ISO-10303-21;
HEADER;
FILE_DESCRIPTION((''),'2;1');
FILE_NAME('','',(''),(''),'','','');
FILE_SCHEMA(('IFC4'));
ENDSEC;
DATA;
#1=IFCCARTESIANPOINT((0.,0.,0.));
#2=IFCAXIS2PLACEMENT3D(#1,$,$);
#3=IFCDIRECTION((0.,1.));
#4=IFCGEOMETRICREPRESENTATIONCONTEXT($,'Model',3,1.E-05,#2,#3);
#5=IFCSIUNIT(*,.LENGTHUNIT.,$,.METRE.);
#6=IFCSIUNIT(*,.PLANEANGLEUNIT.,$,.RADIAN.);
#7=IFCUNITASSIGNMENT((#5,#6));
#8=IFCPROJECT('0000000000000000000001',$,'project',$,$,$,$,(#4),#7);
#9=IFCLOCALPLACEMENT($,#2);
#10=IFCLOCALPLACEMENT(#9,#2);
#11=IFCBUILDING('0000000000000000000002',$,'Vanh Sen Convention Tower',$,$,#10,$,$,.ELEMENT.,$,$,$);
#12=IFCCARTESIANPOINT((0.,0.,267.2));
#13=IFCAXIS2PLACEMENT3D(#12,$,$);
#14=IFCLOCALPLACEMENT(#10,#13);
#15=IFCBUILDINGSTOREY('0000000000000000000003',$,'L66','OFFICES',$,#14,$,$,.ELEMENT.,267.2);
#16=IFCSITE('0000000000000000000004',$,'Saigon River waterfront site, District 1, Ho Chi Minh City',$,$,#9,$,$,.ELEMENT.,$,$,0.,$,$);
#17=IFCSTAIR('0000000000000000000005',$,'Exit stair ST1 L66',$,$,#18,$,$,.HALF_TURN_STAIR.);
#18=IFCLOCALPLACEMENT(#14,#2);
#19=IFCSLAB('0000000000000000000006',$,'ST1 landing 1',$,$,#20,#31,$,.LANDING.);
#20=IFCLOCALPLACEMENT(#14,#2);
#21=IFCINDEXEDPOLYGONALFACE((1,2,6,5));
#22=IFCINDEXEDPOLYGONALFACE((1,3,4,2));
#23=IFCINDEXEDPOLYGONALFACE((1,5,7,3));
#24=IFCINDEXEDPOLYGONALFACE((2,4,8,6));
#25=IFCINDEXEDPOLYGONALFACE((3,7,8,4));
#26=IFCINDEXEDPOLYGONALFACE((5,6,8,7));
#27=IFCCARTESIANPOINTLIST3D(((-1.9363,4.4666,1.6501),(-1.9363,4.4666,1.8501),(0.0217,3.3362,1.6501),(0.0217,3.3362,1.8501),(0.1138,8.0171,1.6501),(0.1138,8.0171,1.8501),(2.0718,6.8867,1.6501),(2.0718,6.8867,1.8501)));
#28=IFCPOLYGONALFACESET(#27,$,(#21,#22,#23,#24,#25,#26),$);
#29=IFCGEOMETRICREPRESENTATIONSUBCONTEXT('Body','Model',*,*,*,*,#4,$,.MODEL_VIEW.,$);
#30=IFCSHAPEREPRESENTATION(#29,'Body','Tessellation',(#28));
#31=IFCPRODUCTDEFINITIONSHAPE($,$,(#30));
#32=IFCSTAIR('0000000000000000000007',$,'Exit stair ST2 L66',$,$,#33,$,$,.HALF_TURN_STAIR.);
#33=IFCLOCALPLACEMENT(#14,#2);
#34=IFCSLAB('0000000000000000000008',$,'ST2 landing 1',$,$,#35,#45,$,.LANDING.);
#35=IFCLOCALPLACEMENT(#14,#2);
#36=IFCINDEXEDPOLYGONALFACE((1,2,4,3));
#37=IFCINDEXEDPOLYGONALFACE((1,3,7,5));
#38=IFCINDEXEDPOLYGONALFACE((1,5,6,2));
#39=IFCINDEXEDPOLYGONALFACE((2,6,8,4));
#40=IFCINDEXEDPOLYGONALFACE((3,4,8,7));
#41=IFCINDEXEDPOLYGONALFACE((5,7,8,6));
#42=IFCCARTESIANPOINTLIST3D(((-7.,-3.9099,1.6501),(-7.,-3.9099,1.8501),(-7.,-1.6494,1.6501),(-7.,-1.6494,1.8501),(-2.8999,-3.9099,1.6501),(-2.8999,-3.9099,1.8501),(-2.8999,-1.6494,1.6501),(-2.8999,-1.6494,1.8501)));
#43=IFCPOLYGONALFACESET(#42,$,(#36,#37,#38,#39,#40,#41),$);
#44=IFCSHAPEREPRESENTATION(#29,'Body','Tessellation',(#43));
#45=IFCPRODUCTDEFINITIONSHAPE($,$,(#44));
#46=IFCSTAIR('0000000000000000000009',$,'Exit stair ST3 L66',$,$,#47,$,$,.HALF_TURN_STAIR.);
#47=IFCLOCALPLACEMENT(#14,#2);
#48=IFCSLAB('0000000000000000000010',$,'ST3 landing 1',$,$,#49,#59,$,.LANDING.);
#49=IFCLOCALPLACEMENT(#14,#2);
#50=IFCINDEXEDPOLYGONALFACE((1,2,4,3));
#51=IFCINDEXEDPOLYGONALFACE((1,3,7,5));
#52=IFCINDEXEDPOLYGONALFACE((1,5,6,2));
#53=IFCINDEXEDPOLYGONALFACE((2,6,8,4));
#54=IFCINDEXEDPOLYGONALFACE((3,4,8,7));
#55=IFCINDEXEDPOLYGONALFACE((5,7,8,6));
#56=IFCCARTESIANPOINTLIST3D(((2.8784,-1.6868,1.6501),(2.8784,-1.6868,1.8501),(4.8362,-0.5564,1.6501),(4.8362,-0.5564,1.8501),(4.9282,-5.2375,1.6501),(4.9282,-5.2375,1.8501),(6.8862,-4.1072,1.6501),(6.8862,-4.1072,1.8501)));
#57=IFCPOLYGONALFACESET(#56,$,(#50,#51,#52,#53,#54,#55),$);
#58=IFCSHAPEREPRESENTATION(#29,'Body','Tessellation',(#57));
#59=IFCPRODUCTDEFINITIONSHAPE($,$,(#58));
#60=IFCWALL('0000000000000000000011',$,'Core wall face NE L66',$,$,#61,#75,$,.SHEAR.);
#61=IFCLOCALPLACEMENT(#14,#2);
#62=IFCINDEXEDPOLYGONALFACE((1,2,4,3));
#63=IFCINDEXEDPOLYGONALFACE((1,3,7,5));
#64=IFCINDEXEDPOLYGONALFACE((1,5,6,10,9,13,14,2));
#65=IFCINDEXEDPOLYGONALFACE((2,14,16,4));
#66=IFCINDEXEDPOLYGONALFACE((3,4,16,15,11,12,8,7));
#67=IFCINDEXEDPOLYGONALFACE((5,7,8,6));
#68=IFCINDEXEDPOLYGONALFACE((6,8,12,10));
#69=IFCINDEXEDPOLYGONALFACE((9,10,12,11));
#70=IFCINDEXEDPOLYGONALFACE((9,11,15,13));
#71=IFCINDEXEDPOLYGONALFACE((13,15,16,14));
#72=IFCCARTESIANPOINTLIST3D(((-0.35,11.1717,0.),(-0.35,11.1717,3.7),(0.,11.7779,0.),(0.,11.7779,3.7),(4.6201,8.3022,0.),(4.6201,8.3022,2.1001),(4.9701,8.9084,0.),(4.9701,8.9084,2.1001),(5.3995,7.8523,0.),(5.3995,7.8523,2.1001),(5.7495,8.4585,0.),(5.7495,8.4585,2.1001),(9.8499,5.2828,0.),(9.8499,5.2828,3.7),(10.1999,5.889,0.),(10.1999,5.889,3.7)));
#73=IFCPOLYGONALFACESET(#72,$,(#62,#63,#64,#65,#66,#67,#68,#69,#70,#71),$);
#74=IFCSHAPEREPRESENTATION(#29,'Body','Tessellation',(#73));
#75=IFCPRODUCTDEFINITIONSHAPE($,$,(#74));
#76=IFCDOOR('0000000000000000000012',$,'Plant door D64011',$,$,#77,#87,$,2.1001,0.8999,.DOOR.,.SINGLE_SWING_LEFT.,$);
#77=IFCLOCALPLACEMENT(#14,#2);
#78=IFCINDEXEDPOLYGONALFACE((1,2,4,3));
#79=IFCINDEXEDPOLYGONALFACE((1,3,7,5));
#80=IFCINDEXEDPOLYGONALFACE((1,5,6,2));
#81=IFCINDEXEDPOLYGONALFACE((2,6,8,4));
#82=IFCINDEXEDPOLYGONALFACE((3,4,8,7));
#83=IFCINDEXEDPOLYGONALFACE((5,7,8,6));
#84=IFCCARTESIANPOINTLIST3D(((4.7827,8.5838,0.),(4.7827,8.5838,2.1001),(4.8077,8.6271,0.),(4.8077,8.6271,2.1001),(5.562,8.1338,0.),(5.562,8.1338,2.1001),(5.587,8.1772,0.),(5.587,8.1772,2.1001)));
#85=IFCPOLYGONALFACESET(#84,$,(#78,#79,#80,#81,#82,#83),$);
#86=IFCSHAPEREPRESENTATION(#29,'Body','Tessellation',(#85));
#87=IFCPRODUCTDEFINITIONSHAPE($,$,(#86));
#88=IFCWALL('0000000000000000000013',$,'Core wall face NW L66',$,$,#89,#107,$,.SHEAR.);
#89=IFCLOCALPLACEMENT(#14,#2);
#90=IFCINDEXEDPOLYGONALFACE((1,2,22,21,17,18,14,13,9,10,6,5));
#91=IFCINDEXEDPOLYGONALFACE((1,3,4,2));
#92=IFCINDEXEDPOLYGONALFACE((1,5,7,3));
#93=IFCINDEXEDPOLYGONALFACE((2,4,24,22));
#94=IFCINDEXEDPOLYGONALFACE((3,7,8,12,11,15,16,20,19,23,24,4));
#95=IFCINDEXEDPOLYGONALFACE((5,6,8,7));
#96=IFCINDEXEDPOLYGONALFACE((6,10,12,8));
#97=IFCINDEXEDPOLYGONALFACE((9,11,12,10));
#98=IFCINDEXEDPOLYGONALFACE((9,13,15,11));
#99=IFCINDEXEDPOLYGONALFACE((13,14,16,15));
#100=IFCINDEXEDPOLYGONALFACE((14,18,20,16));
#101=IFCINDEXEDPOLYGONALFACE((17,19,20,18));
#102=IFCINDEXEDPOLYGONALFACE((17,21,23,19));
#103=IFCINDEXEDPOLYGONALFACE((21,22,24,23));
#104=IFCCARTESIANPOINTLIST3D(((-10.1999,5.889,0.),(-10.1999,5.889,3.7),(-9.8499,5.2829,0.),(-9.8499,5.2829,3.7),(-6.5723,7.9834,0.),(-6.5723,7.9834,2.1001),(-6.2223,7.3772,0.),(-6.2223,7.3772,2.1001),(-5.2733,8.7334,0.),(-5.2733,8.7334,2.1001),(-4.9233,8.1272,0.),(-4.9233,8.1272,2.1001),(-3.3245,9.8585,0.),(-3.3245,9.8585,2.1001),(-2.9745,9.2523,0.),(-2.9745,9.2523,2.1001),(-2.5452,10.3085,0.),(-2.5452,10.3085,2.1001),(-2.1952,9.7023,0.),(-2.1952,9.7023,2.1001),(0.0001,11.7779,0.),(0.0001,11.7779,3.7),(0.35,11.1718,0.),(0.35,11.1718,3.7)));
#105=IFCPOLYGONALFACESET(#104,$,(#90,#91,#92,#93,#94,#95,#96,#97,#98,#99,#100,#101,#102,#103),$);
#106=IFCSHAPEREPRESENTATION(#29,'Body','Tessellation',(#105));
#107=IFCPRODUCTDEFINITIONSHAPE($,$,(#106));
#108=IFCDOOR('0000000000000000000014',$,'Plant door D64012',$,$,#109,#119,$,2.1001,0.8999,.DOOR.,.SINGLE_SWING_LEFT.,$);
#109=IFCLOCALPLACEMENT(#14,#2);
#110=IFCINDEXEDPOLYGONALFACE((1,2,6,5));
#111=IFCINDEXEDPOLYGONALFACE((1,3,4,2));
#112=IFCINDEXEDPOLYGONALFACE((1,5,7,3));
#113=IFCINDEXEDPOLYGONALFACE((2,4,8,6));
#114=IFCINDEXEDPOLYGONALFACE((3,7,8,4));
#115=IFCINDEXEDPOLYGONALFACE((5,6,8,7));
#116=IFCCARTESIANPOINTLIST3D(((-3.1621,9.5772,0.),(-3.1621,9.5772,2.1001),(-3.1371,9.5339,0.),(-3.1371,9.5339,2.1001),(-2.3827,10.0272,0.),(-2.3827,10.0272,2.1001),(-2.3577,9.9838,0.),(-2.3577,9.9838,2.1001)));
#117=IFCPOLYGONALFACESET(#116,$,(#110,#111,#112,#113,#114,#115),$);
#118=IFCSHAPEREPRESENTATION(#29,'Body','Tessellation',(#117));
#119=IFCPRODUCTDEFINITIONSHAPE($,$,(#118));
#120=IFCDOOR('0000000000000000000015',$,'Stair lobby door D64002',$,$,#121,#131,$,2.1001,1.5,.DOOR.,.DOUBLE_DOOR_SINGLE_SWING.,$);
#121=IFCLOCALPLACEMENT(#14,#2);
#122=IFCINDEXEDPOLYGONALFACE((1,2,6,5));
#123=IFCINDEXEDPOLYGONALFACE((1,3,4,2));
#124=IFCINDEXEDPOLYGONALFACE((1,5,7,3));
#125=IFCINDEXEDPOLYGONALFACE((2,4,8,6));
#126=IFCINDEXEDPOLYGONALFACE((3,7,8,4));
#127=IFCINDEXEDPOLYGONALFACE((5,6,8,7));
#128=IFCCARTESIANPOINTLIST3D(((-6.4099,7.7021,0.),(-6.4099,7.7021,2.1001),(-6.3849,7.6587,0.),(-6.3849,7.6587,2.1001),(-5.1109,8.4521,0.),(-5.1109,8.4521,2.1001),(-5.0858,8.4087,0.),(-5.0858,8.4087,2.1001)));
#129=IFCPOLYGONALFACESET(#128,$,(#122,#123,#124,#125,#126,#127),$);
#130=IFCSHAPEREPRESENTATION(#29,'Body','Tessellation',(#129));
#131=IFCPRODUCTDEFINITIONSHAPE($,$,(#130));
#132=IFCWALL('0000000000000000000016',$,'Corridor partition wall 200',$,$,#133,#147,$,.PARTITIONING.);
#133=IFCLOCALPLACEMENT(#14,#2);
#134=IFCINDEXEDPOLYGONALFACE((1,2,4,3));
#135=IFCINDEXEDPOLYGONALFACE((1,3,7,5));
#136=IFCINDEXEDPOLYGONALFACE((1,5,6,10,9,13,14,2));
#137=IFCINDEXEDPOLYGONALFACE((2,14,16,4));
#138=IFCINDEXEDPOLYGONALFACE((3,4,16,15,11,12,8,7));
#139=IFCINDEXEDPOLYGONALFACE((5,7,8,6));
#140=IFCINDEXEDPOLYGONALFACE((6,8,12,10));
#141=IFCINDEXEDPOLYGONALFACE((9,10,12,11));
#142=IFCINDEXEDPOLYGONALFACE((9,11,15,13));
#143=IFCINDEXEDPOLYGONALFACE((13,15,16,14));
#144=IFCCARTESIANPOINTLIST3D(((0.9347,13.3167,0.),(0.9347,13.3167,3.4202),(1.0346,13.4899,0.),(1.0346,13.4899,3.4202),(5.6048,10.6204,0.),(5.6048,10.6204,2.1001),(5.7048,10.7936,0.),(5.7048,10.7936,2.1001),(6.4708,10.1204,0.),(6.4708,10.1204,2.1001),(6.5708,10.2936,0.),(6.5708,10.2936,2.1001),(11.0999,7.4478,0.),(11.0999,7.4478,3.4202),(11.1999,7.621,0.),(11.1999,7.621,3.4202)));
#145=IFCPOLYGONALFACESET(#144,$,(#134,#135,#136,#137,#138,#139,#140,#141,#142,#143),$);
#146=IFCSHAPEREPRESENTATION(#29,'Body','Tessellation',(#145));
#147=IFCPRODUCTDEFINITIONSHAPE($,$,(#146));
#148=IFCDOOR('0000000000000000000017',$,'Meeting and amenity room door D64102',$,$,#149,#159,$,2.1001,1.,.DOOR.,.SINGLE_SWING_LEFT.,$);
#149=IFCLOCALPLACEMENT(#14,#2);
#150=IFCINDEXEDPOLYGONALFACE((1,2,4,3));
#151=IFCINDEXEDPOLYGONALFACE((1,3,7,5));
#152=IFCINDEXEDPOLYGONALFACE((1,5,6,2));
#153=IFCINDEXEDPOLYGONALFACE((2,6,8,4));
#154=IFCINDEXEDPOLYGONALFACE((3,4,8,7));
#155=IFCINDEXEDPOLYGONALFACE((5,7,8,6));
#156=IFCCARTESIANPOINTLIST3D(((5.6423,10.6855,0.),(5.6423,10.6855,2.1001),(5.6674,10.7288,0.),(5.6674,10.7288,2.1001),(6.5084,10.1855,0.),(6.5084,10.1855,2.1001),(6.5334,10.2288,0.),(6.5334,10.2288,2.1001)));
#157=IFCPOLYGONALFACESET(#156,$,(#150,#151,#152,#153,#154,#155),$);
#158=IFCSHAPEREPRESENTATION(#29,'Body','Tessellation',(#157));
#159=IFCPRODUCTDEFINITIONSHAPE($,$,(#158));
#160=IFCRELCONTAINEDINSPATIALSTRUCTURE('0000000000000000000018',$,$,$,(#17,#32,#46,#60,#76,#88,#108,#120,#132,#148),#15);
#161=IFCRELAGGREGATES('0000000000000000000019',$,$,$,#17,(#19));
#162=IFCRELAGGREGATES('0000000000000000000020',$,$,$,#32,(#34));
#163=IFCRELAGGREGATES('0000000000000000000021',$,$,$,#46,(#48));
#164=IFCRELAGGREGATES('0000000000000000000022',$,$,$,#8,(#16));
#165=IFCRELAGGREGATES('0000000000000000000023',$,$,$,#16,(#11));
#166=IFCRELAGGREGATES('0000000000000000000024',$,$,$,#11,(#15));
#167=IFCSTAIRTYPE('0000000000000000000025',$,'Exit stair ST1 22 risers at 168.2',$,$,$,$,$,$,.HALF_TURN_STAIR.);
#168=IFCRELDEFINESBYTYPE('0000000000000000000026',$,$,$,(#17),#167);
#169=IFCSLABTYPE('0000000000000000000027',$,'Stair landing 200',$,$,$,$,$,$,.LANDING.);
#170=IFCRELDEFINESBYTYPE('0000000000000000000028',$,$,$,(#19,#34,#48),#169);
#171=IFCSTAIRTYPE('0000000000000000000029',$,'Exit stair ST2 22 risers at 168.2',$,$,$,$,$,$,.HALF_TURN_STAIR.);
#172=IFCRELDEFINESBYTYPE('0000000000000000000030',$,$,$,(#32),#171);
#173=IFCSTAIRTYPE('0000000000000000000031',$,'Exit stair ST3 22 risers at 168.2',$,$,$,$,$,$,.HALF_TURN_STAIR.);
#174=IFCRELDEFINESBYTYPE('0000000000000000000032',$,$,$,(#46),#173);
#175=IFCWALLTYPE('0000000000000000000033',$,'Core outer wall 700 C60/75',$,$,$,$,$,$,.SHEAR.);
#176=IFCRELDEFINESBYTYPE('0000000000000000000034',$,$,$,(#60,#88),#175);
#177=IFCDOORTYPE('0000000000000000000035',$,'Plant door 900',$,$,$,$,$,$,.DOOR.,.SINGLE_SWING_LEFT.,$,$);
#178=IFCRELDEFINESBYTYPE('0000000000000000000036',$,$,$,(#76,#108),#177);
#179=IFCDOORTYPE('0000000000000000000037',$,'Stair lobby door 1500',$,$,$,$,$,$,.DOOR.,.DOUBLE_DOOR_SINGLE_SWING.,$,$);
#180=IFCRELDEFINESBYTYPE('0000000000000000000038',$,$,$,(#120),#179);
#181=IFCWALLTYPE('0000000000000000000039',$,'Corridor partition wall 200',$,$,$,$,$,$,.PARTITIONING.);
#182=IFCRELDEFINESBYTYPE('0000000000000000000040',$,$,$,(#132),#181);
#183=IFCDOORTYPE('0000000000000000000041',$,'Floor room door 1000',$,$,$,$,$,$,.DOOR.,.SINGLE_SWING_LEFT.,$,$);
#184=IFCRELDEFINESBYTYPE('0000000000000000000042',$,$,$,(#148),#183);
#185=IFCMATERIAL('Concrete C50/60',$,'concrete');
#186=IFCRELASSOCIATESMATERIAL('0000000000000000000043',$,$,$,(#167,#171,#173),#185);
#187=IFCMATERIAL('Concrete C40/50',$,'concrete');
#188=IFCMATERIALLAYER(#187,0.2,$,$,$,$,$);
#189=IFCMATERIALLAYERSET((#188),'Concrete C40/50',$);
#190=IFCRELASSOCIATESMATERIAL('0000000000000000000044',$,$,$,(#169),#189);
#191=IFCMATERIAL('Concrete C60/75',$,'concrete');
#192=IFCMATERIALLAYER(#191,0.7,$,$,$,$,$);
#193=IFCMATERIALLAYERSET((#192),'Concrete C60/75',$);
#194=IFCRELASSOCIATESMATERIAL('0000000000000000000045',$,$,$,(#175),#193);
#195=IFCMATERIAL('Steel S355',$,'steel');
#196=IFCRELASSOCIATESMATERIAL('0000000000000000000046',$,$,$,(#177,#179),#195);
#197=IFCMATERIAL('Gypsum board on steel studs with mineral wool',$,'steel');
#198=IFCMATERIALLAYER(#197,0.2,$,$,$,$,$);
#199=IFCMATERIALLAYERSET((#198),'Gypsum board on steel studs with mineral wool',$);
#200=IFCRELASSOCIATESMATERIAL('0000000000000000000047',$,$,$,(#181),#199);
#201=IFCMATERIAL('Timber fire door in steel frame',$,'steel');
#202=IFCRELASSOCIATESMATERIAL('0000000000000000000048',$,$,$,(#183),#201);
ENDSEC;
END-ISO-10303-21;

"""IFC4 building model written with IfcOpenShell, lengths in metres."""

from ifc_helpers import new_model, si_unit, direction, frame, frame_2d, origin, place, context, subcontext, project, spatial, polyline, rectangle, outline, extrude, material, layer, layer_set, type_object, element, fill, aggregate, save


model = new_model("IFC4")

# Units and contexts
model_context = context("Model", 3, precision=1e-05, world=origin(), true_north=direction((0.0, 1.0)))
body_context = subcontext(model_context, "Body", "Model", "MODEL_VIEW")
ifc_project = project(units=[si_unit("LENGTHUNIT", "METRE"), si_unit("PLANEANGLEUNIT", "RADIAN")], contexts=[model_context])

# Site, building, storey
site_placement = place(None, origin())
site = spatial("IfcSite", under=ifc_project, at=site_placement, Name="Saigon River waterfront site, District 1, Ho Chi Minh City", CompositionType="ELEMENT", RefElevation=0.0)
building_placement = place(site_placement, origin())
building = spatial("IfcBuilding", under=site, at=building_placement, Name="Vanh Sen Convention Tower", CompositionType="ELEMENT")
storey_placement = place(building_placement, frame((0.0, 0.0, 267.2)))
storey = spatial("IfcBuildingStorey", under=building, at=storey_placement, Name="L66", Description="OFFICES", CompositionType="ELEMENT", Elevation=267.2)

# Stairs, slabs
ifc_material_1 = material(Name="Concrete C50/60", Category="concrete")
stair_type_1 = type_object("IfcStairType", Name="Exit stair ST1 22 risers at 168.2", PredefinedType="HALF_TURN_STAIR", material=ifc_material_1)
stair_1_placement = place(storey_placement, origin())
stair_1 = element("IfcStair", 1, at=stair_1_placement, inside=storey, type_object=stair_type_1, Name="Exit stair ST1 L66", PredefinedType="HALF_TURN_STAIR")
ifc_material_2 = material(Name="Concrete C40/50", Category="concrete")
ifc_layer_1 = layer(ifc_material_2, 0.2)
ifc_layer_set_1 = layer_set([ifc_layer_1], Name="Concrete C40/50")
slab_type = type_object("IfcSlabType", Name="Stair landing 200", PredefinedType="LANDING", material=ifc_layer_set_1)
slab_1_placement = place(storey_placement, frame((0.0, 0.0, 1.6501)))
slab_1 = element("IfcSlab", 2, at=slab_1_placement, type_object=slab_type, Name="ST1 landing 1", PredefinedType="LANDING", context=body_context, shape_type="SweptSolid", body=[
    extrude(outline(polyline([(2.0718, 6.8867), (0.1138, 8.0171), (-1.9363, 4.4666), (0.0217, 3.3362), (2.0718, 6.8867)])), origin(), (0.0, 0.0, 1.0), 0.2),
])
aggregate(stair_1, [slab_1])
stair_type_2 = type_object("IfcStairType", Name="Exit stair ST2 22 risers at 168.2", PredefinedType="HALF_TURN_STAIR", material=ifc_material_1)
stair_2_placement = place(storey_placement, origin())
stair_2 = element("IfcStair", 3, at=stair_2_placement, inside=storey, type_object=stair_type_2, Name="Exit stair ST2 L66", PredefinedType="HALF_TURN_STAIR")
slab_2_placement = place(storey_placement, frame((0.0, 0.0, 1.6501)))
slab_2 = element("IfcSlab", 4, at=slab_2_placement, type_object=slab_type, Name="ST2 landing 1", PredefinedType="LANDING", context=body_context, shape_type="SweptSolid", body=[
    extrude(outline(polyline([(-7.0, -1.6494), (-7.0, -3.9099), (-2.8999, -3.9099), (-2.8999, -1.6494), (-7.0, -1.6494)])), origin(), (0.0, 0.0, 1.0), 0.2),
])
aggregate(stair_2, [slab_2])
stair_type_3 = type_object("IfcStairType", Name="Exit stair ST3 22 risers at 168.2", PredefinedType="HALF_TURN_STAIR", material=ifc_material_1)
stair_3_placement = place(storey_placement, origin())
stair_3 = element("IfcStair", 5, at=stair_3_placement, inside=storey, type_object=stair_type_3, Name="Exit stair ST3 L66", PredefinedType="HALF_TURN_STAIR")
slab_3_placement = place(storey_placement, frame((0.0, 0.0, 1.6501)))
slab_3 = element("IfcSlab", 6, at=slab_3_placement, type_object=slab_type, Name="ST3 landing 1", PredefinedType="LANDING", context=body_context, shape_type="SweptSolid", body=[
    extrude(outline(polyline([(4.9282, -5.2375), (6.8862, -4.1072), (4.8362, -0.5564), (2.8784, -1.6868), (4.9282, -5.2375)])), origin(), (0.0, 0.0, 1.0), 0.2),
])
aggregate(stair_3, [slab_3])

# Wall, opening, door
ifc_material_3 = material(Name="Concrete C60/75", Category="concrete")
ifc_layer_2 = layer(ifc_material_3, 0.7)
ifc_layer_set_2 = layer_set([ifc_layer_2], Name="Concrete C60/75")
wall_type_1 = type_object("IfcWallType", Name="Core outer wall 700 C60/75", PredefinedType="SHEAR", material=ifc_layer_set_2)
wall_1_placement = place(storey_placement, frame((10.0249, 5.5859, 0.0), z_axis=(0.0, 0.0, 1.0), x_axis=(-0.866026, 0.499998, 0.0)))
wall_1 = element("IfcWall", 7, at=wall_1_placement, inside=storey, type_object=wall_type_1, Name="Core wall face NE L66", PredefinedType="SHEAR", context=body_context, shape_type="SweptSolid", body=[
    extrude(rectangle(XDim=11.7778, YDim=0.7, at=frame_2d((5.8889, 0.0))), origin(), (0.0, 0.0, 1.0), 3.7),
])
opening_1_placement = place(wall_1_placement, frame((5.1389, 0.0, 0.0)))
opening_1 = element("IfcOpeningElement", 8, at=opening_1_placement, cuts=wall_1, PredefinedType="OPENING", context=body_context, shape_type="SweptSolid", body=[
    extrude(rectangle(XDim=0.8999, YDim=2.1001, at=frame_2d((0.45, 1.05))), frame((0.0, 0.3599, 0.0), z_axis=(0.0, -1.0, 0.0), x_axis=(1.0, 0.0, 0.0)), (0.0, 0.0, 1.0), 0.72),
])
ifc_material_4 = material(Name="Steel S355", Category="steel")
door_type_1 = type_object("IfcDoorType", Name="Plant door 900", OperationType="SINGLE_SWING_LEFT", PredefinedType="DOOR", material=ifc_material_4)
door_1_placement = place(opening_1_placement, origin())
door_1 = element("IfcDoor", 9, at=door_1_placement, inside=storey, type_object=door_type_1, Name="Plant door D64011", OperationType="SINGLE_SWING_LEFT", OverallHeight=2.1001, OverallWidth=0.8999, PredefinedType="DOOR", context=body_context, shape_type="SweptSolid", body=[
    extrude(rectangle(XDim=0.8999, YDim=2.1001, at=frame_2d((0.45, 1.05))), frame((0.0, 0.0249, 0.0), z_axis=(0.0, -1.0, 0.0), x_axis=(1.0, 0.0, 0.0)), (0.0, 0.0, 1.0), 0.05),
])
fill(opening_1, door_1)

# Wall, openings, doors
wall_2_placement = place(storey_placement, frame((0.175, 11.4749, 0.0), z_axis=(0.0, 0.0, 1.0), x_axis=(-0.866026, -0.499998, 0.0)))
wall_2 = element("IfcWall", 10, at=wall_2_placement, inside=storey, type_object=wall_type_1, Name="Core wall face NW L66", PredefinedType="SHEAR", context=body_context, shape_type="SweptSolid", body=[
    extrude(rectangle(XDim=11.7778, YDim=0.7, at=frame_2d((5.8889, 0.0))), origin(), (0.0, 0.0, 1.0), 3.7),
])
opening_2_placement = place(wall_2_placement, frame((6.0891, 0.0, 0.0)))
opening_2 = element("IfcOpeningElement", 11, at=opening_2_placement, cuts=wall_2, PredefinedType="OPENING", context=body_context, shape_type="SweptSolid", body=[
    extrude(rectangle(XDim=1.5, YDim=2.1001, at=frame_2d((0.75, 1.05))), frame((0.0, 0.3599, 0.0), z_axis=(0.0, -1.0, 0.0), x_axis=(1.0, 0.0, 0.0)), (0.0, 0.0, 1.0), 0.72),
])
opening_3_placement = place(wall_2_placement, frame((2.939, 0.0, 0.0)))
opening_3 = element("IfcOpeningElement", 12, at=opening_3_placement, cuts=wall_2, PredefinedType="OPENING", context=body_context, shape_type="SweptSolid", body=[
    extrude(rectangle(XDim=0.8999, YDim=2.1001, at=frame_2d((0.45, 1.05))), frame((0.0, 0.3599, 0.0), z_axis=(0.0, -1.0, 0.0), x_axis=(1.0, 0.0, 0.0)), (0.0, 0.0, 1.0), 0.72),
])
door_2_placement = place(opening_3_placement, origin())
door_2 = element("IfcDoor", 13, at=door_2_placement, inside=storey, type_object=door_type_1, Name="Plant door D64012", OperationType="SINGLE_SWING_LEFT", OverallHeight=2.1001, OverallWidth=0.8999, PredefinedType="DOOR", context=body_context, shape_type="SweptSolid", body=[
    extrude(rectangle(XDim=0.8999, YDim=2.1001, at=frame_2d((0.45, 1.05))), frame((0.0, 0.0249, 0.0), z_axis=(0.0, -1.0, 0.0), x_axis=(1.0, 0.0, 0.0)), (0.0, 0.0, 1.0), 0.05),
])
fill(opening_3, door_2)
door_type_2 = type_object("IfcDoorType", Name="Stair lobby door 1500", OperationType="DOUBLE_DOOR_SINGLE_SWING", PredefinedType="DOOR", material=ifc_material_4)
door_3_placement = place(opening_2_placement, origin())
door_3 = element("IfcDoor", 14, at=door_3_placement, inside=storey, type_object=door_type_2, Name="Stair lobby door D64002", OperationType="DOUBLE_DOOR_SINGLE_SWING", OverallHeight=2.1001, OverallWidth=1.5, PredefinedType="DOOR", context=body_context, shape_type="SweptSolid", body=[
    extrude(rectangle(XDim=1.5, YDim=2.1001, at=frame_2d((0.75, 1.05))), frame((0.0, 0.0249, 0.0), z_axis=(0.0, -1.0, 0.0), x_axis=(1.0, 0.0, 0.0)), (0.0, 0.0, 1.0), 0.05),
])
fill(opening_2, door_3)

# Wall, opening, door
ifc_material_5 = material(Name="Gypsum board on steel studs with mineral wool", Category="steel")
ifc_layer_3 = layer(ifc_material_5, 0.2)
ifc_layer_set_3 = layer_set([ifc_layer_3], Name="Gypsum board on steel studs with mineral wool")
wall_type_2 = type_object("IfcWallType", Name="Corridor partition wall 200", PredefinedType="PARTITIONING", material=ifc_layer_set_3)
wall_3_placement = place(storey_placement, frame((11.1499, 7.5344, 0.0), z_axis=(0.0, 0.0, 1.0), x_axis=(-0.866027, 0.499998, 0.0)))
wall_3 = element("IfcWall", 15, at=wall_3_placement, inside=storey, type_object=wall_type_2, Name="Corridor partition wall 200", PredefinedType="PARTITIONING", context=body_context, shape_type="SweptSolid", body=[
    extrude(rectangle(XDim=11.7378, YDim=0.2, at=frame_2d((5.8689, 0.0))), origin(), (0.0, 0.0, 1.0), 3.4202),
])
opening_4_placement = place(wall_3_placement, frame((5.3452, 0.0, 0.0)))
opening_4 = element("IfcOpeningElement", 16, at=opening_4_placement, cuts=wall_3, PredefinedType="OPENING", context=body_context, shape_type="SweptSolid", body=[
    extrude(rectangle(XDim=1.0, YDim=2.1001, at=frame_2d((0.5, 1.05))), frame((0.0, 0.1099, 0.0), z_axis=(0.0, -1.0, 0.0), x_axis=(1.0, 0.0, 0.0)), (0.0, 0.0, 1.0), 0.22),
])
ifc_material_6 = material(Name="Timber fire door in steel frame", Category="steel")
door_type_3 = type_object("IfcDoorType", Name="Floor room door 1000", OperationType="SINGLE_SWING_LEFT", PredefinedType="DOOR", material=ifc_material_6)
door_4_placement = place(opening_4_placement, origin())
door_4 = element("IfcDoor", 17, at=door_4_placement, inside=storey, type_object=door_type_3, Name="Meeting and amenity room door D64102", OperationType="SINGLE_SWING_LEFT", OverallHeight=2.1001, OverallWidth=1.0, PredefinedType="DOOR", context=body_context, shape_type="SweptSolid", body=[
    extrude(rectangle(XDim=1.0, YDim=2.1001, at=frame_2d((0.5, 1.05))), frame((0.0, 0.0249, 0.0), z_axis=(0.0, -1.0, 0.0), x_axis=(1.0, 0.0, 0.0)), (0.0, 0.0, 1.0), 0.05),
])
fill(opening_4, door_4)

save(model, "model.ifc")
